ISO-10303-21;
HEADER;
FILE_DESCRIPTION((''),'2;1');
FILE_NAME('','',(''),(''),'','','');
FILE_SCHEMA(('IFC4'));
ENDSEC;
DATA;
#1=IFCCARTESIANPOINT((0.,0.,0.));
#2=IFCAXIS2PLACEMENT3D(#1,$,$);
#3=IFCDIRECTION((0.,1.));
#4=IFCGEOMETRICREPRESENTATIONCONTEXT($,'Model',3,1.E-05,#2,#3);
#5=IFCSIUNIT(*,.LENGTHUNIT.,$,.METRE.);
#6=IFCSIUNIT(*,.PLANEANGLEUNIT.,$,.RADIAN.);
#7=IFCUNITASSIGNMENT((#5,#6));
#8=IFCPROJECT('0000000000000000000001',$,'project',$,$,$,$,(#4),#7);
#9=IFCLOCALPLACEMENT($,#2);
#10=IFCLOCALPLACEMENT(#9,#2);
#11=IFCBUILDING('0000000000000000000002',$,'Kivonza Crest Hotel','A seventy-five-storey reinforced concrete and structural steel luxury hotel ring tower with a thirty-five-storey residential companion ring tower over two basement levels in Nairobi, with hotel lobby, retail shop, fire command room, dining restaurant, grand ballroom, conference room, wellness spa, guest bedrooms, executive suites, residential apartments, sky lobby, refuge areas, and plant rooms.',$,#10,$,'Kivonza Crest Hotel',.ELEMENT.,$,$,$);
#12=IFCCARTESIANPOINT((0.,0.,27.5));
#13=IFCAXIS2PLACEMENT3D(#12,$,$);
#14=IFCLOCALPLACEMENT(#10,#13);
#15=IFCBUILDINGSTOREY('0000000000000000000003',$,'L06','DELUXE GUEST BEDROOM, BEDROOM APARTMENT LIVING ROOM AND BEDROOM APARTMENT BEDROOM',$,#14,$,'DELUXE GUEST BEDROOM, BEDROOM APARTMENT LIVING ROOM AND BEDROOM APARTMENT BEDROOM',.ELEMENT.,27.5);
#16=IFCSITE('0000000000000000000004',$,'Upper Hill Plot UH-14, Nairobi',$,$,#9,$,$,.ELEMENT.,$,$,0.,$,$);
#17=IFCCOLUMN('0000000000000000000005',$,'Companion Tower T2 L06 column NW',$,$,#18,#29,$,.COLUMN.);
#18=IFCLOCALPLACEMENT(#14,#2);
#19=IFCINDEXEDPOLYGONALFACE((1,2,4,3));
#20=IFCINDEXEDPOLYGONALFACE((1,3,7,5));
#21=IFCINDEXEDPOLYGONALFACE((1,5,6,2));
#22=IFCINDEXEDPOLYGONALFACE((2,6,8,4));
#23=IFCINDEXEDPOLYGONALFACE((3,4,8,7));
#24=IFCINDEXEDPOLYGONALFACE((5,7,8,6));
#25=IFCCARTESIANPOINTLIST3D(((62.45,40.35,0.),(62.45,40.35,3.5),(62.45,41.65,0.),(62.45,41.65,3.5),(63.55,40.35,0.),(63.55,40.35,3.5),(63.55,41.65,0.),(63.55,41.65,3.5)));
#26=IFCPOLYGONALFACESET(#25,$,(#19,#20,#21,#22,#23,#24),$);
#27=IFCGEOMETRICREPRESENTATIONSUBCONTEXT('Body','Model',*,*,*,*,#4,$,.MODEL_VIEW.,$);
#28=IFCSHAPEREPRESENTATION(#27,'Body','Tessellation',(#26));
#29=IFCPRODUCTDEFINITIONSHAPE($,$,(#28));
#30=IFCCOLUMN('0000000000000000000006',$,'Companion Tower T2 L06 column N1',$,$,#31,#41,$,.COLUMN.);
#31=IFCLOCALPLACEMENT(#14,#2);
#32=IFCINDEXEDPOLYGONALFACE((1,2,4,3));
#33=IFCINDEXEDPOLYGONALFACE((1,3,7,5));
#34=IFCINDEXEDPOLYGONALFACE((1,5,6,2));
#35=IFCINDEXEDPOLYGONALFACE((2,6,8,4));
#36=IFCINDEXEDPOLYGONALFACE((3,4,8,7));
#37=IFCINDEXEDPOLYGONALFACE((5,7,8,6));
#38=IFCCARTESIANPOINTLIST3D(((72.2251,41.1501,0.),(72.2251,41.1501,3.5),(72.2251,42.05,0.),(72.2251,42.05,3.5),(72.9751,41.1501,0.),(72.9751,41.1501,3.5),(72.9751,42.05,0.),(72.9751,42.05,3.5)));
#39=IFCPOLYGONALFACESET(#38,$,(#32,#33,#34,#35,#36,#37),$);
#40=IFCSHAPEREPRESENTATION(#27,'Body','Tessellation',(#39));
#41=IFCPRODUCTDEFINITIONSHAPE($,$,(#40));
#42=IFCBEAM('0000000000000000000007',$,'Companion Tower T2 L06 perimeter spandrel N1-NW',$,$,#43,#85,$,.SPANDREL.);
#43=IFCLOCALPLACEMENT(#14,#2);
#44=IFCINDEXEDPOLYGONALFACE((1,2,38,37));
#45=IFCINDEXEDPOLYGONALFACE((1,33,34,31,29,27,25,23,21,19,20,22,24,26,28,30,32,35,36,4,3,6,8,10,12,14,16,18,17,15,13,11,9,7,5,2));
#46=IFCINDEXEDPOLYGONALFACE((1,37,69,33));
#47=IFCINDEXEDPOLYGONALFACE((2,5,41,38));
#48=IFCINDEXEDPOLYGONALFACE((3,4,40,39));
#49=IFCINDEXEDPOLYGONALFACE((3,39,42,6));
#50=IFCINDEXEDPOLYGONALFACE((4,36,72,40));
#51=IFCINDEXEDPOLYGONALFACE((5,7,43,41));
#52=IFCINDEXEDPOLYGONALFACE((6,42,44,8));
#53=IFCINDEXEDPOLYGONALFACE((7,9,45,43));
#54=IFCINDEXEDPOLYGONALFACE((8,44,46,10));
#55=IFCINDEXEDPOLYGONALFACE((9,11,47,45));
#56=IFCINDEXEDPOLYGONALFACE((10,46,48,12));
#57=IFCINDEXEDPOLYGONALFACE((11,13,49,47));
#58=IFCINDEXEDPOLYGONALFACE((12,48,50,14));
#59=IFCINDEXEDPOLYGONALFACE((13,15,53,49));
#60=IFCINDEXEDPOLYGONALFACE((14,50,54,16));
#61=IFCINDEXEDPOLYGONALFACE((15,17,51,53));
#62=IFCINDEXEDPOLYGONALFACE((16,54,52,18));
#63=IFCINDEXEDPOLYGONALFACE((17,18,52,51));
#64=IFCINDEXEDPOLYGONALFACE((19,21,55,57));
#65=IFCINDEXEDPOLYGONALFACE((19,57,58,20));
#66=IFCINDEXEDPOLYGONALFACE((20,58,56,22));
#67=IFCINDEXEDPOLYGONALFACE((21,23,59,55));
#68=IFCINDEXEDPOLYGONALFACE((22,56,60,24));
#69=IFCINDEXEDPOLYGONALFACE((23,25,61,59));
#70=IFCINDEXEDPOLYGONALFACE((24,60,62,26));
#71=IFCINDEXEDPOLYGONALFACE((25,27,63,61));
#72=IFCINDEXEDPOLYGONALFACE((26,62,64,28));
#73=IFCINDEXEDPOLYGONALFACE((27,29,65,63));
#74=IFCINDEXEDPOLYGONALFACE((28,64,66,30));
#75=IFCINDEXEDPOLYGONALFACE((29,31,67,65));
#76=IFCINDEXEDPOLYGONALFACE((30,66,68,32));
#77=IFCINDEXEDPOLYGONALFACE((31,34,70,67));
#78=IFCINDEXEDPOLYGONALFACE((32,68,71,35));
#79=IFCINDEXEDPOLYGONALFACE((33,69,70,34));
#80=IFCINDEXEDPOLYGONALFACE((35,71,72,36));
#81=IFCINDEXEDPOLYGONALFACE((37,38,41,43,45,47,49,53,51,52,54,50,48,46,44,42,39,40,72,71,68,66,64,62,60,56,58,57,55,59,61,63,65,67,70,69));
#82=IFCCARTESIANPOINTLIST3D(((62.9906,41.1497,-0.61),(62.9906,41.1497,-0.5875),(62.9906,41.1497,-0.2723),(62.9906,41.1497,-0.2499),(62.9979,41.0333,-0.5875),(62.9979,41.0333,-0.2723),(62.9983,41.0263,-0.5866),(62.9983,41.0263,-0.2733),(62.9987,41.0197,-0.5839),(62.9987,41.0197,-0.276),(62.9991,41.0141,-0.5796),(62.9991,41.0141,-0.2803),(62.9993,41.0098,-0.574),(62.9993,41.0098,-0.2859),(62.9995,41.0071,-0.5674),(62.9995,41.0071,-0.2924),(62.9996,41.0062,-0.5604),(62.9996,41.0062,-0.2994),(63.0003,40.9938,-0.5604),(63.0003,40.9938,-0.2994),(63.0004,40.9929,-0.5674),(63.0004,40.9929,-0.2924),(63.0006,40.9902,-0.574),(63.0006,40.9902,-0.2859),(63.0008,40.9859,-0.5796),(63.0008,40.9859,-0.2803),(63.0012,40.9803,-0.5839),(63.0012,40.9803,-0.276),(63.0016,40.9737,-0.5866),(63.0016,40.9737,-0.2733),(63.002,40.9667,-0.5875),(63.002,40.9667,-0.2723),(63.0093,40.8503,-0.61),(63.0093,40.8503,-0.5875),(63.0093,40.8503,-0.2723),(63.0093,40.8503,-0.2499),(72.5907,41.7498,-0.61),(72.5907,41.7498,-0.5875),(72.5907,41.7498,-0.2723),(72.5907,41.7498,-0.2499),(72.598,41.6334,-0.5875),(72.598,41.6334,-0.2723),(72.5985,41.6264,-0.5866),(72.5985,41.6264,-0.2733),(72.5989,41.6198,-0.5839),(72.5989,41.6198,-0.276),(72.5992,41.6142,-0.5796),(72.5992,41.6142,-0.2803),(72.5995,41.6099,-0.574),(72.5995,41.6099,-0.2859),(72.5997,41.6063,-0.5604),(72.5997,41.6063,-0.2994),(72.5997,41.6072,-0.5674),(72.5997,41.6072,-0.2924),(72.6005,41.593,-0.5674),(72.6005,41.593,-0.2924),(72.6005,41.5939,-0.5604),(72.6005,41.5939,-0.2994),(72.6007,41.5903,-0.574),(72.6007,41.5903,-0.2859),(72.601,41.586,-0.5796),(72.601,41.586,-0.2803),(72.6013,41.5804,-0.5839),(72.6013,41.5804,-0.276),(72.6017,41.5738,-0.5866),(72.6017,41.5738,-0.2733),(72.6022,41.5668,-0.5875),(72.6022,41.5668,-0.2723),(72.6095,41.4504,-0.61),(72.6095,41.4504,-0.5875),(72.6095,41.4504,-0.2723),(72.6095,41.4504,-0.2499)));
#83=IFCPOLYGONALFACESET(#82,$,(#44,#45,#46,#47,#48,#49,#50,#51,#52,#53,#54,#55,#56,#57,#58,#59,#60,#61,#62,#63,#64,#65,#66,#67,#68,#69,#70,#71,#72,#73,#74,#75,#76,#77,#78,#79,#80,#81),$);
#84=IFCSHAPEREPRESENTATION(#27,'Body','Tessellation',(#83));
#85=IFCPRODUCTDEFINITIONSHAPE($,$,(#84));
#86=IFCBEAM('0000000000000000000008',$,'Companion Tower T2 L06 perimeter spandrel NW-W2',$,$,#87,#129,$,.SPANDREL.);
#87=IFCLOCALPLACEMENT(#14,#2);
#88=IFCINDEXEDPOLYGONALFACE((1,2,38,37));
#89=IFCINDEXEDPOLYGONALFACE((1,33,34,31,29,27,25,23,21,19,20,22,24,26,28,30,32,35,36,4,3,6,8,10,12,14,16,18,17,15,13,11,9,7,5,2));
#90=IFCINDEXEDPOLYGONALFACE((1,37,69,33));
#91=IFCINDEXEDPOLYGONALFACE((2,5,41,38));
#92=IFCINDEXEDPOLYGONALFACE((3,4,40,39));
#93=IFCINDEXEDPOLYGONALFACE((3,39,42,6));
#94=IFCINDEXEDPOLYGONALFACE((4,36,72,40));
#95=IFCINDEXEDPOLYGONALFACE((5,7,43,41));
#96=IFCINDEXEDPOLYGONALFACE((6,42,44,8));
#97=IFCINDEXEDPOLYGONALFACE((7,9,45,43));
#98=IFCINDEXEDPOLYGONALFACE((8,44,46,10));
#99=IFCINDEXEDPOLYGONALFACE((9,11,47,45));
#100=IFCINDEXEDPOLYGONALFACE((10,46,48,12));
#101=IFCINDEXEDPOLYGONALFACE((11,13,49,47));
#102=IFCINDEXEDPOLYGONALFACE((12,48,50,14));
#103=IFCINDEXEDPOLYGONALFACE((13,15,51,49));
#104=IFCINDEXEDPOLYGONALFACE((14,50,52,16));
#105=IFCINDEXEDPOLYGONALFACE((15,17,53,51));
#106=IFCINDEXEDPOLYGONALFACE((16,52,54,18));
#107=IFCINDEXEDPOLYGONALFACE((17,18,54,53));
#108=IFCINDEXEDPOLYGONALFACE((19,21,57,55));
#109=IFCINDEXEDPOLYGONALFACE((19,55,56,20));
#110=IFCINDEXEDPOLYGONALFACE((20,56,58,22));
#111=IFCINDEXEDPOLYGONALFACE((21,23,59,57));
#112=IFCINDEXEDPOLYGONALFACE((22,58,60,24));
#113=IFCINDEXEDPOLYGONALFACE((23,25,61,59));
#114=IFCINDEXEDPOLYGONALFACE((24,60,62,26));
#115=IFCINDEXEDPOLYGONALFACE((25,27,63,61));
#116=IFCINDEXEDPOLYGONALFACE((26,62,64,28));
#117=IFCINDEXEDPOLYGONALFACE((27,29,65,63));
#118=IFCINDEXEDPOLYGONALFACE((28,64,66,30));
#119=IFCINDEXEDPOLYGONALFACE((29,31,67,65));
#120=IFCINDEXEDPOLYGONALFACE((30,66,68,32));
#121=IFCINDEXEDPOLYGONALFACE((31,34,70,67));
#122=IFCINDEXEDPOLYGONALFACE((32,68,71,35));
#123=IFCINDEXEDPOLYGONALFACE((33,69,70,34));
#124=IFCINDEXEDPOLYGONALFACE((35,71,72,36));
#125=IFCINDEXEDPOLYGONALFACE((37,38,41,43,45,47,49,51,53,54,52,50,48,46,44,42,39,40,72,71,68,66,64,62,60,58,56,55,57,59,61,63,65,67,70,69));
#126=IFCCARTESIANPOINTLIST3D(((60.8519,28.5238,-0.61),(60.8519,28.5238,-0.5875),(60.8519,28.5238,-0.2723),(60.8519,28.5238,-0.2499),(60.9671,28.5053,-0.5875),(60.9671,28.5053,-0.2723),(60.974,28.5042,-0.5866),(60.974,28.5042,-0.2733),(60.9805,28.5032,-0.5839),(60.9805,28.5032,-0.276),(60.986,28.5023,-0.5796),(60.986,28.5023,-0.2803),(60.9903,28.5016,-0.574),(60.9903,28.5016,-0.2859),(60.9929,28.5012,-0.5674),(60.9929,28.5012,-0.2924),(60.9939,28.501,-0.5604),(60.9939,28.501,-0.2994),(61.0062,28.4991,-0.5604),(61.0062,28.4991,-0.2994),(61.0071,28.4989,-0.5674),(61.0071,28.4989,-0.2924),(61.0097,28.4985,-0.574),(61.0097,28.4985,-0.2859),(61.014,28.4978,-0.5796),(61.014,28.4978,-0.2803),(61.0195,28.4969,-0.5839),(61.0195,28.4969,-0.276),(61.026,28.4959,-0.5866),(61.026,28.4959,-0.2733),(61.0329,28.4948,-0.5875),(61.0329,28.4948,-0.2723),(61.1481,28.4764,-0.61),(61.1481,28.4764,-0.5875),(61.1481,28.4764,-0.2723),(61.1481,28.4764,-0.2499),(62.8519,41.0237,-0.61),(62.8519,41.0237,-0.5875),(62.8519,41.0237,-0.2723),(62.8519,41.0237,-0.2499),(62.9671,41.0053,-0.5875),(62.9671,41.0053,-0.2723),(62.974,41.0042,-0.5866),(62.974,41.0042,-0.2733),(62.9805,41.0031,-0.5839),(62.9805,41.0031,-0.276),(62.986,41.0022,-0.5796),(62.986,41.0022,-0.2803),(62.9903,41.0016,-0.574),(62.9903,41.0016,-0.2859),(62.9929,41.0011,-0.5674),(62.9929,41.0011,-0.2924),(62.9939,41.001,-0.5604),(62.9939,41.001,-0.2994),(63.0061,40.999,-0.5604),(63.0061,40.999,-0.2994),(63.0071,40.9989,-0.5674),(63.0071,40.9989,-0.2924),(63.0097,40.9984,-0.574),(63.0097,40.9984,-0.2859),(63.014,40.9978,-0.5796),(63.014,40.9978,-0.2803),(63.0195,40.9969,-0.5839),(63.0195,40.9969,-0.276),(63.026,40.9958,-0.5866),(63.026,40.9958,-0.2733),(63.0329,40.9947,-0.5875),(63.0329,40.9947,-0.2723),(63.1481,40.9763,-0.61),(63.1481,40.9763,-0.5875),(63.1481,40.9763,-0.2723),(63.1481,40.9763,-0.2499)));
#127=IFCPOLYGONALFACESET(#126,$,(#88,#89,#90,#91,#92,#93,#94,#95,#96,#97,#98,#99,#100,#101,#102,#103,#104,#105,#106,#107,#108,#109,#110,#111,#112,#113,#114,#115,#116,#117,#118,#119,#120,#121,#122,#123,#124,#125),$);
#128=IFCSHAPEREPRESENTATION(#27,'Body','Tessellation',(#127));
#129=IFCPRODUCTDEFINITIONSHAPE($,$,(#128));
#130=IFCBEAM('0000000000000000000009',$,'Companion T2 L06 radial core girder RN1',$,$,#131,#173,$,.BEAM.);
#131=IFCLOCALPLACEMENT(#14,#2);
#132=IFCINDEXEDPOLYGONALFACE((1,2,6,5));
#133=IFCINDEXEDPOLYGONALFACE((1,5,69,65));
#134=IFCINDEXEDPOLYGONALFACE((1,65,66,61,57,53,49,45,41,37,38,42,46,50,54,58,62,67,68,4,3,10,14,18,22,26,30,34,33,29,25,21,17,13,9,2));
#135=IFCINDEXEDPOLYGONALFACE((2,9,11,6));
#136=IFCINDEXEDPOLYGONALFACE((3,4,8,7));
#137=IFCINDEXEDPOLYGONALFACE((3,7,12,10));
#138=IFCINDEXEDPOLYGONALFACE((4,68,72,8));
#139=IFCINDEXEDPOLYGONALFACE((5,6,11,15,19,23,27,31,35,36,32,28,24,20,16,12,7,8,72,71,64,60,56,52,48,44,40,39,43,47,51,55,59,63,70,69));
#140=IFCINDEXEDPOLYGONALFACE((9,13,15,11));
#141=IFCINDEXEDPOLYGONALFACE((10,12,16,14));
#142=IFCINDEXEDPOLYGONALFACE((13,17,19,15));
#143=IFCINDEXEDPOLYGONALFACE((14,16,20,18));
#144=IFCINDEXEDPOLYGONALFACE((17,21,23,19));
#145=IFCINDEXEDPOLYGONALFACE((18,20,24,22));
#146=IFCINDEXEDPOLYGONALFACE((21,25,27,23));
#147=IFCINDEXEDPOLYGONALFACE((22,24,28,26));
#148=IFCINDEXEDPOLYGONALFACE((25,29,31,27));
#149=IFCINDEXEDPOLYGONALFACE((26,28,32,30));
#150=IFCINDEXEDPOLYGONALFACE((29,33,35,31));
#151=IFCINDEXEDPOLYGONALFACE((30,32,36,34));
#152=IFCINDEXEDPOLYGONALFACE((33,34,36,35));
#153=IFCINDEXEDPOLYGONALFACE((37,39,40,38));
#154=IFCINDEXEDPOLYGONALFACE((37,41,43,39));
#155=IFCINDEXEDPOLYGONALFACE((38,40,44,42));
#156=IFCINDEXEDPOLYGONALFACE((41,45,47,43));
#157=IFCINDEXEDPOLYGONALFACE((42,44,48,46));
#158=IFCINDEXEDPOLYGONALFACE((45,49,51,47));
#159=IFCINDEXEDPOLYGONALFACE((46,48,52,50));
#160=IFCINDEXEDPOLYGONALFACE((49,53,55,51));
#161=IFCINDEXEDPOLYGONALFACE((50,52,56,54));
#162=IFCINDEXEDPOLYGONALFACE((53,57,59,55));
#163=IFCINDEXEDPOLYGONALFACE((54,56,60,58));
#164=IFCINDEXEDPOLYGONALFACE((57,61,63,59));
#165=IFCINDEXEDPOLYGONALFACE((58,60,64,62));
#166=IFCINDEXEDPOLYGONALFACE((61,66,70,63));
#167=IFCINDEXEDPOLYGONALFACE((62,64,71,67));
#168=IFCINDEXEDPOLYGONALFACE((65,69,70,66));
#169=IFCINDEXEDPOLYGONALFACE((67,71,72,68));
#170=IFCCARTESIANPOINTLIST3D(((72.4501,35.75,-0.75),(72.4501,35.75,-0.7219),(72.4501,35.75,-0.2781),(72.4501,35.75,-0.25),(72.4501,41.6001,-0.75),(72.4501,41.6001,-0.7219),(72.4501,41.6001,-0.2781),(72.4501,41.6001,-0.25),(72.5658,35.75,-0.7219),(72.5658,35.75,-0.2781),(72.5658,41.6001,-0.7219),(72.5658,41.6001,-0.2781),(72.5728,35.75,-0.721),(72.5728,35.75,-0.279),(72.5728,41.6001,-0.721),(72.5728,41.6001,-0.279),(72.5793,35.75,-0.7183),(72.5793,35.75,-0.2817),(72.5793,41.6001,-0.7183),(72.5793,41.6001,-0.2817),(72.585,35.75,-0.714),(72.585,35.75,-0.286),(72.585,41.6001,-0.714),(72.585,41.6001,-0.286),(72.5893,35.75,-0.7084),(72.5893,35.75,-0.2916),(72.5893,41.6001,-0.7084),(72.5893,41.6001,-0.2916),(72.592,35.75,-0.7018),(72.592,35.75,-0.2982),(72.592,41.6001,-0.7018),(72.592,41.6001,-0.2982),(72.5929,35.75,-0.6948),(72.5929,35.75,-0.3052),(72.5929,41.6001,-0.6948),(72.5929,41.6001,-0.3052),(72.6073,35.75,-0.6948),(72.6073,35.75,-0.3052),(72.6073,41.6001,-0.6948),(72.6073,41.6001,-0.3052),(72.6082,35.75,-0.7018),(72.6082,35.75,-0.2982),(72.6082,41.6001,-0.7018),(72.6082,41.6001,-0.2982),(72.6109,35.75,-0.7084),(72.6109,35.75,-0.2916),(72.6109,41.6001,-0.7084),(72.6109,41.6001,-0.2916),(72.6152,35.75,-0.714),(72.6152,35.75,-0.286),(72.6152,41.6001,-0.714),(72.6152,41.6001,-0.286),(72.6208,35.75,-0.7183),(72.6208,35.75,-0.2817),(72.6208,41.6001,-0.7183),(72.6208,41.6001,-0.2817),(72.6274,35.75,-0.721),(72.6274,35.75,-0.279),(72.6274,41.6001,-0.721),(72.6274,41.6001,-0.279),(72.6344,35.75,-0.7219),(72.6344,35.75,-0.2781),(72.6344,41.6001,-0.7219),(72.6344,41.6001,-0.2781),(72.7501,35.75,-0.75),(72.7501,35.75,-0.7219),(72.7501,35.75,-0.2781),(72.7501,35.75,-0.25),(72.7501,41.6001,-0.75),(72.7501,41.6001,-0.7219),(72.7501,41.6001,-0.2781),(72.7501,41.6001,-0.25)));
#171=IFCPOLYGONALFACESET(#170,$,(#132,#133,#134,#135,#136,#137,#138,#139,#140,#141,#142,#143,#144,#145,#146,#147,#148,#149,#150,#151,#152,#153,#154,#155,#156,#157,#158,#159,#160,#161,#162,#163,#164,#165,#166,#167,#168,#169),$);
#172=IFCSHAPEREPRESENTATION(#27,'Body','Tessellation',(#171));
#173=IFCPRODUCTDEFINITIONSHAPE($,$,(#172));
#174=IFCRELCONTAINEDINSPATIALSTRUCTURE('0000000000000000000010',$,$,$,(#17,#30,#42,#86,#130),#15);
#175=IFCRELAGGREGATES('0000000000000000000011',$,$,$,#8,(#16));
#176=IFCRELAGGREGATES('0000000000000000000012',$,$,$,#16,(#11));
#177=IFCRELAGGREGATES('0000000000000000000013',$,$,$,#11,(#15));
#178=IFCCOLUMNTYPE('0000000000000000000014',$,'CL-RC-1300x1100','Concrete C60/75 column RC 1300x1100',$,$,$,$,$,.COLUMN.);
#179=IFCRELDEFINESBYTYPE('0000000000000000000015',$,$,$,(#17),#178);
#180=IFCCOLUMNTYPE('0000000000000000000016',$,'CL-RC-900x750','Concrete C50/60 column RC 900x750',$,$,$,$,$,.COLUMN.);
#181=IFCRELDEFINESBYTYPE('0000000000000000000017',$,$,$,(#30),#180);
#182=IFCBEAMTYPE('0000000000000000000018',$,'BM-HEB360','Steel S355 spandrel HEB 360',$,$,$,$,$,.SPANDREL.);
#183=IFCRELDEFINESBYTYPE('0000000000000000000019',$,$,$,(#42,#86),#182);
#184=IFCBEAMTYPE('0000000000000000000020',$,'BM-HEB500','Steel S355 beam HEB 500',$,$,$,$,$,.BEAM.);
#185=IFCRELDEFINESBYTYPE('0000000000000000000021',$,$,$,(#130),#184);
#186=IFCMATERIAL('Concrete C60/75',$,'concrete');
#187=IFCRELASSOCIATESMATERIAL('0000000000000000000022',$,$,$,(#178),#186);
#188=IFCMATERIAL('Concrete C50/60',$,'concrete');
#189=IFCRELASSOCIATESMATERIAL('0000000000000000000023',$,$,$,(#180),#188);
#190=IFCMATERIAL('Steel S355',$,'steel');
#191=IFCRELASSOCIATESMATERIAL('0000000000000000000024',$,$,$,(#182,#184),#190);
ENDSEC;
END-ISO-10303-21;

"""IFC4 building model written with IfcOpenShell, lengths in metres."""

from ifc_helpers import new_model, si_unit, direction, frame, origin, origin_2d, place, context, subcontext, project, spatial, rectangle, i_section, extrude, material, material_profile, profile_set, type_object, element, save


model = new_model("IFC4")

# Units and contexts
model_context = context("Model", 3, precision=1e-05, world=origin(), true_north=direction((0.0, 1.0)))
body_context = subcontext(model_context, "Body", "Model", "MODEL_VIEW")
ifc_project = project(units=[si_unit("LENGTHUNIT", "METRE"), si_unit("PLANEANGLEUNIT", "RADIAN")], contexts=[model_context])

# Site, building, storey
site_placement = place(None, origin())
site = spatial("IfcSite", under=ifc_project, at=site_placement, Name="Upper Hill Plot UH-14, Nairobi", CompositionType="ELEMENT", RefElevation=0.0)
building_placement = place(site_placement, origin())
building = spatial("IfcBuilding", under=site, at=building_placement, Name="Kivonza Crest Hotel", Description="A seventy-five-storey reinforced concrete and structural steel luxury hotel ring tower with a thirty-five-storey residential companion ring tower over two basement levels in Nairobi, with hotel lobby, retail shop, fire command room, dining restaurant, grand ballroom, conference room, wellness spa, guest bedrooms, executive suites, residential apartments, sky lobby, refuge areas, and plant rooms.", LongName="Kivonza Crest Hotel", CompositionType="ELEMENT")
storey_placement = place(building_placement, frame((0.0, 0.0, 27.5)))
storey = spatial("IfcBuildingStorey", under=building, at=storey_placement, Name="L06", Description="DELUXE GUEST BEDROOM, BEDROOM APARTMENT LIVING ROOM AND BEDROOM APARTMENT BEDROOM", LongName="DELUXE GUEST BEDROOM, BEDROOM APARTMENT LIVING ROOM AND BEDROOM APARTMENT BEDROOM", CompositionType="ELEMENT", Elevation=27.5)

# Columns
ifc_material_1 = material(Name="Concrete C60/75", Category="concrete")
ifc_material_profile_1 = material_profile(ifc_material_1, rectangle(XDim=1.1001, YDim=1.3, at=origin_2d()), Name="RC 1300x1100")
ifc_profile_set_1 = profile_set([ifc_material_profile_1], Name="Concrete C60/75")
column_type_1 = type_object("IfcColumnType", Name="CL-RC-1300x1100", Description="Concrete C60/75 column RC 1300x1100", PredefinedType="COLUMN", material=ifc_profile_set_1)
column_1_placement = place(storey_placement, frame((63.0, 41.0, 0.0), z_axis=(0.0, 0.0, 1.0), x_axis=(1.0, 0.0, 0.0)))
element("IfcColumn", 1, at=column_1_placement, inside=storey, type_object=column_type_1, Name="Companion Tower T2 L06 column NW", PredefinedType="COLUMN", context=body_context, shape_type="SweptSolid", body=[
    extrude(rectangle(XDim=1.1001, YDim=1.3, at=origin_2d()), origin(), (0.0, 0.0, 1.0), 3.5),
])
ifc_material_2 = material(Name="Concrete C50/60", Category="concrete")
ifc_material_profile_2 = material_profile(ifc_material_2, rectangle(XDim=0.75, YDim=0.8999, at=origin_2d()), Name="RC 900x750")
ifc_profile_set_2 = profile_set([ifc_material_profile_2], Name="Concrete C50/60")
column_type_2 = type_object("IfcColumnType", Name="CL-RC-900x750", Description="Concrete C50/60 column RC 900x750", PredefinedType="COLUMN", material=ifc_profile_set_2)
column_2_placement = place(storey_placement, frame((72.6001, 41.6001, 0.0), z_axis=(0.0, 0.0, 1.0), x_axis=(1.0, 0.0, 0.0)))
element("IfcColumn", 2, at=column_2_placement, inside=storey, type_object=column_type_2, Name="Companion Tower T2 L06 column N1", PredefinedType="COLUMN", context=body_context, shape_type="SweptSolid", body=[
    extrude(rectangle(XDim=0.75, YDim=0.8999, at=origin_2d()), origin(), (0.0, 0.0, 1.0), 3.5),
])

# Beams
ifc_material_3 = material(Name="Steel S355", Category="steel")
ifc_material_profile_3 = material_profile(ifc_material_3, i_section(OverallWidth=0.3, OverallDepth=0.3601, WebThickness=0.0125, FlangeThickness=0.0225, FilletRadius=0.0271, at=origin_2d()), Name="HEB 360")
ifc_profile_set_3 = profile_set([ifc_material_profile_3], Name="Steel S355")
beam_type_1 = type_object("IfcBeamType", Name="BM-HEB360", Description="Steel S355 spandrel HEB 360", PredefinedType="SPANDREL", material=ifc_profile_set_3)
beam_1_placement = place(storey_placement, frame((72.6001, 41.6001, -0.4299), z_axis=(-0.998052, -0.062388, 0.0), x_axis=(0.062388, -0.998052, 0.0)))
element("IfcBeam", 3, at=beam_1_placement, inside=storey, type_object=beam_type_1, Name="Companion Tower T2 L06 perimeter spandrel N1-NW", PredefinedType="SPANDREL", context=body_context, shape_type="SweptSolid", body=[
    extrude(i_section(OverallWidth=0.3, OverallDepth=0.3601, WebThickness=0.0125, FlangeThickness=0.0225, FilletRadius=0.0271, at=origin_2d()), origin(), (0.0, 0.0, 1.0), 9.6189),
])
beam_2_placement = place(storey_placement, frame((63.0, 41.0, -0.4299), z_axis=(-0.157991, -0.987441, 0.0), x_axis=(0.987441, -0.157991, 0.0)))
element("IfcBeam", 4, at=beam_2_placement, inside=storey, type_object=beam_type_1, Name="Companion Tower T2 L06 perimeter spandrel NW-W2", PredefinedType="SPANDREL", context=body_context, shape_type="SweptSolid", body=[
    extrude(i_section(OverallWidth=0.3, OverallDepth=0.3601, WebThickness=0.0125, FlangeThickness=0.0225, FilletRadius=0.0271, at=origin_2d()), origin(), (0.0, 0.0, 1.0), 12.6589),
])
ifc_material_profile_4 = material_profile(ifc_material_3, i_section(OverallWidth=0.3, OverallDepth=0.5, WebThickness=0.0144, FlangeThickness=0.0281, FilletRadius=0.0271, at=origin_2d()), Name="HEB 500")
ifc_profile_set_4 = profile_set([ifc_material_profile_4], Name="Steel S355")
beam_type_2 = type_object("IfcBeamType", Name="BM-HEB500", Description="Steel S355 beam HEB 500", PredefinedType="BEAM", material=ifc_profile_set_4)
beam_3_placement = place(storey_placement, frame((72.6001, 41.6001, -0.5), z_axis=(0.0, -1.0, 0.0), x_axis=(1.0, 0.0, 0.0)))
element("IfcBeam", 5, at=beam_3_placement, inside=storey, type_object=beam_type_2, Name="Companion T2 L06 radial core girder RN1", PredefinedType="BEAM", context=body_context, shape_type="SweptSolid", body=[
    extrude(i_section(OverallWidth=0.3, OverallDepth=0.5, WebThickness=0.0144, FlangeThickness=0.0281, FilletRadius=0.0271, at=origin_2d()), origin(), (0.0, 0.0, 1.0), 5.8501),
])

save(model, "model.ifc")
